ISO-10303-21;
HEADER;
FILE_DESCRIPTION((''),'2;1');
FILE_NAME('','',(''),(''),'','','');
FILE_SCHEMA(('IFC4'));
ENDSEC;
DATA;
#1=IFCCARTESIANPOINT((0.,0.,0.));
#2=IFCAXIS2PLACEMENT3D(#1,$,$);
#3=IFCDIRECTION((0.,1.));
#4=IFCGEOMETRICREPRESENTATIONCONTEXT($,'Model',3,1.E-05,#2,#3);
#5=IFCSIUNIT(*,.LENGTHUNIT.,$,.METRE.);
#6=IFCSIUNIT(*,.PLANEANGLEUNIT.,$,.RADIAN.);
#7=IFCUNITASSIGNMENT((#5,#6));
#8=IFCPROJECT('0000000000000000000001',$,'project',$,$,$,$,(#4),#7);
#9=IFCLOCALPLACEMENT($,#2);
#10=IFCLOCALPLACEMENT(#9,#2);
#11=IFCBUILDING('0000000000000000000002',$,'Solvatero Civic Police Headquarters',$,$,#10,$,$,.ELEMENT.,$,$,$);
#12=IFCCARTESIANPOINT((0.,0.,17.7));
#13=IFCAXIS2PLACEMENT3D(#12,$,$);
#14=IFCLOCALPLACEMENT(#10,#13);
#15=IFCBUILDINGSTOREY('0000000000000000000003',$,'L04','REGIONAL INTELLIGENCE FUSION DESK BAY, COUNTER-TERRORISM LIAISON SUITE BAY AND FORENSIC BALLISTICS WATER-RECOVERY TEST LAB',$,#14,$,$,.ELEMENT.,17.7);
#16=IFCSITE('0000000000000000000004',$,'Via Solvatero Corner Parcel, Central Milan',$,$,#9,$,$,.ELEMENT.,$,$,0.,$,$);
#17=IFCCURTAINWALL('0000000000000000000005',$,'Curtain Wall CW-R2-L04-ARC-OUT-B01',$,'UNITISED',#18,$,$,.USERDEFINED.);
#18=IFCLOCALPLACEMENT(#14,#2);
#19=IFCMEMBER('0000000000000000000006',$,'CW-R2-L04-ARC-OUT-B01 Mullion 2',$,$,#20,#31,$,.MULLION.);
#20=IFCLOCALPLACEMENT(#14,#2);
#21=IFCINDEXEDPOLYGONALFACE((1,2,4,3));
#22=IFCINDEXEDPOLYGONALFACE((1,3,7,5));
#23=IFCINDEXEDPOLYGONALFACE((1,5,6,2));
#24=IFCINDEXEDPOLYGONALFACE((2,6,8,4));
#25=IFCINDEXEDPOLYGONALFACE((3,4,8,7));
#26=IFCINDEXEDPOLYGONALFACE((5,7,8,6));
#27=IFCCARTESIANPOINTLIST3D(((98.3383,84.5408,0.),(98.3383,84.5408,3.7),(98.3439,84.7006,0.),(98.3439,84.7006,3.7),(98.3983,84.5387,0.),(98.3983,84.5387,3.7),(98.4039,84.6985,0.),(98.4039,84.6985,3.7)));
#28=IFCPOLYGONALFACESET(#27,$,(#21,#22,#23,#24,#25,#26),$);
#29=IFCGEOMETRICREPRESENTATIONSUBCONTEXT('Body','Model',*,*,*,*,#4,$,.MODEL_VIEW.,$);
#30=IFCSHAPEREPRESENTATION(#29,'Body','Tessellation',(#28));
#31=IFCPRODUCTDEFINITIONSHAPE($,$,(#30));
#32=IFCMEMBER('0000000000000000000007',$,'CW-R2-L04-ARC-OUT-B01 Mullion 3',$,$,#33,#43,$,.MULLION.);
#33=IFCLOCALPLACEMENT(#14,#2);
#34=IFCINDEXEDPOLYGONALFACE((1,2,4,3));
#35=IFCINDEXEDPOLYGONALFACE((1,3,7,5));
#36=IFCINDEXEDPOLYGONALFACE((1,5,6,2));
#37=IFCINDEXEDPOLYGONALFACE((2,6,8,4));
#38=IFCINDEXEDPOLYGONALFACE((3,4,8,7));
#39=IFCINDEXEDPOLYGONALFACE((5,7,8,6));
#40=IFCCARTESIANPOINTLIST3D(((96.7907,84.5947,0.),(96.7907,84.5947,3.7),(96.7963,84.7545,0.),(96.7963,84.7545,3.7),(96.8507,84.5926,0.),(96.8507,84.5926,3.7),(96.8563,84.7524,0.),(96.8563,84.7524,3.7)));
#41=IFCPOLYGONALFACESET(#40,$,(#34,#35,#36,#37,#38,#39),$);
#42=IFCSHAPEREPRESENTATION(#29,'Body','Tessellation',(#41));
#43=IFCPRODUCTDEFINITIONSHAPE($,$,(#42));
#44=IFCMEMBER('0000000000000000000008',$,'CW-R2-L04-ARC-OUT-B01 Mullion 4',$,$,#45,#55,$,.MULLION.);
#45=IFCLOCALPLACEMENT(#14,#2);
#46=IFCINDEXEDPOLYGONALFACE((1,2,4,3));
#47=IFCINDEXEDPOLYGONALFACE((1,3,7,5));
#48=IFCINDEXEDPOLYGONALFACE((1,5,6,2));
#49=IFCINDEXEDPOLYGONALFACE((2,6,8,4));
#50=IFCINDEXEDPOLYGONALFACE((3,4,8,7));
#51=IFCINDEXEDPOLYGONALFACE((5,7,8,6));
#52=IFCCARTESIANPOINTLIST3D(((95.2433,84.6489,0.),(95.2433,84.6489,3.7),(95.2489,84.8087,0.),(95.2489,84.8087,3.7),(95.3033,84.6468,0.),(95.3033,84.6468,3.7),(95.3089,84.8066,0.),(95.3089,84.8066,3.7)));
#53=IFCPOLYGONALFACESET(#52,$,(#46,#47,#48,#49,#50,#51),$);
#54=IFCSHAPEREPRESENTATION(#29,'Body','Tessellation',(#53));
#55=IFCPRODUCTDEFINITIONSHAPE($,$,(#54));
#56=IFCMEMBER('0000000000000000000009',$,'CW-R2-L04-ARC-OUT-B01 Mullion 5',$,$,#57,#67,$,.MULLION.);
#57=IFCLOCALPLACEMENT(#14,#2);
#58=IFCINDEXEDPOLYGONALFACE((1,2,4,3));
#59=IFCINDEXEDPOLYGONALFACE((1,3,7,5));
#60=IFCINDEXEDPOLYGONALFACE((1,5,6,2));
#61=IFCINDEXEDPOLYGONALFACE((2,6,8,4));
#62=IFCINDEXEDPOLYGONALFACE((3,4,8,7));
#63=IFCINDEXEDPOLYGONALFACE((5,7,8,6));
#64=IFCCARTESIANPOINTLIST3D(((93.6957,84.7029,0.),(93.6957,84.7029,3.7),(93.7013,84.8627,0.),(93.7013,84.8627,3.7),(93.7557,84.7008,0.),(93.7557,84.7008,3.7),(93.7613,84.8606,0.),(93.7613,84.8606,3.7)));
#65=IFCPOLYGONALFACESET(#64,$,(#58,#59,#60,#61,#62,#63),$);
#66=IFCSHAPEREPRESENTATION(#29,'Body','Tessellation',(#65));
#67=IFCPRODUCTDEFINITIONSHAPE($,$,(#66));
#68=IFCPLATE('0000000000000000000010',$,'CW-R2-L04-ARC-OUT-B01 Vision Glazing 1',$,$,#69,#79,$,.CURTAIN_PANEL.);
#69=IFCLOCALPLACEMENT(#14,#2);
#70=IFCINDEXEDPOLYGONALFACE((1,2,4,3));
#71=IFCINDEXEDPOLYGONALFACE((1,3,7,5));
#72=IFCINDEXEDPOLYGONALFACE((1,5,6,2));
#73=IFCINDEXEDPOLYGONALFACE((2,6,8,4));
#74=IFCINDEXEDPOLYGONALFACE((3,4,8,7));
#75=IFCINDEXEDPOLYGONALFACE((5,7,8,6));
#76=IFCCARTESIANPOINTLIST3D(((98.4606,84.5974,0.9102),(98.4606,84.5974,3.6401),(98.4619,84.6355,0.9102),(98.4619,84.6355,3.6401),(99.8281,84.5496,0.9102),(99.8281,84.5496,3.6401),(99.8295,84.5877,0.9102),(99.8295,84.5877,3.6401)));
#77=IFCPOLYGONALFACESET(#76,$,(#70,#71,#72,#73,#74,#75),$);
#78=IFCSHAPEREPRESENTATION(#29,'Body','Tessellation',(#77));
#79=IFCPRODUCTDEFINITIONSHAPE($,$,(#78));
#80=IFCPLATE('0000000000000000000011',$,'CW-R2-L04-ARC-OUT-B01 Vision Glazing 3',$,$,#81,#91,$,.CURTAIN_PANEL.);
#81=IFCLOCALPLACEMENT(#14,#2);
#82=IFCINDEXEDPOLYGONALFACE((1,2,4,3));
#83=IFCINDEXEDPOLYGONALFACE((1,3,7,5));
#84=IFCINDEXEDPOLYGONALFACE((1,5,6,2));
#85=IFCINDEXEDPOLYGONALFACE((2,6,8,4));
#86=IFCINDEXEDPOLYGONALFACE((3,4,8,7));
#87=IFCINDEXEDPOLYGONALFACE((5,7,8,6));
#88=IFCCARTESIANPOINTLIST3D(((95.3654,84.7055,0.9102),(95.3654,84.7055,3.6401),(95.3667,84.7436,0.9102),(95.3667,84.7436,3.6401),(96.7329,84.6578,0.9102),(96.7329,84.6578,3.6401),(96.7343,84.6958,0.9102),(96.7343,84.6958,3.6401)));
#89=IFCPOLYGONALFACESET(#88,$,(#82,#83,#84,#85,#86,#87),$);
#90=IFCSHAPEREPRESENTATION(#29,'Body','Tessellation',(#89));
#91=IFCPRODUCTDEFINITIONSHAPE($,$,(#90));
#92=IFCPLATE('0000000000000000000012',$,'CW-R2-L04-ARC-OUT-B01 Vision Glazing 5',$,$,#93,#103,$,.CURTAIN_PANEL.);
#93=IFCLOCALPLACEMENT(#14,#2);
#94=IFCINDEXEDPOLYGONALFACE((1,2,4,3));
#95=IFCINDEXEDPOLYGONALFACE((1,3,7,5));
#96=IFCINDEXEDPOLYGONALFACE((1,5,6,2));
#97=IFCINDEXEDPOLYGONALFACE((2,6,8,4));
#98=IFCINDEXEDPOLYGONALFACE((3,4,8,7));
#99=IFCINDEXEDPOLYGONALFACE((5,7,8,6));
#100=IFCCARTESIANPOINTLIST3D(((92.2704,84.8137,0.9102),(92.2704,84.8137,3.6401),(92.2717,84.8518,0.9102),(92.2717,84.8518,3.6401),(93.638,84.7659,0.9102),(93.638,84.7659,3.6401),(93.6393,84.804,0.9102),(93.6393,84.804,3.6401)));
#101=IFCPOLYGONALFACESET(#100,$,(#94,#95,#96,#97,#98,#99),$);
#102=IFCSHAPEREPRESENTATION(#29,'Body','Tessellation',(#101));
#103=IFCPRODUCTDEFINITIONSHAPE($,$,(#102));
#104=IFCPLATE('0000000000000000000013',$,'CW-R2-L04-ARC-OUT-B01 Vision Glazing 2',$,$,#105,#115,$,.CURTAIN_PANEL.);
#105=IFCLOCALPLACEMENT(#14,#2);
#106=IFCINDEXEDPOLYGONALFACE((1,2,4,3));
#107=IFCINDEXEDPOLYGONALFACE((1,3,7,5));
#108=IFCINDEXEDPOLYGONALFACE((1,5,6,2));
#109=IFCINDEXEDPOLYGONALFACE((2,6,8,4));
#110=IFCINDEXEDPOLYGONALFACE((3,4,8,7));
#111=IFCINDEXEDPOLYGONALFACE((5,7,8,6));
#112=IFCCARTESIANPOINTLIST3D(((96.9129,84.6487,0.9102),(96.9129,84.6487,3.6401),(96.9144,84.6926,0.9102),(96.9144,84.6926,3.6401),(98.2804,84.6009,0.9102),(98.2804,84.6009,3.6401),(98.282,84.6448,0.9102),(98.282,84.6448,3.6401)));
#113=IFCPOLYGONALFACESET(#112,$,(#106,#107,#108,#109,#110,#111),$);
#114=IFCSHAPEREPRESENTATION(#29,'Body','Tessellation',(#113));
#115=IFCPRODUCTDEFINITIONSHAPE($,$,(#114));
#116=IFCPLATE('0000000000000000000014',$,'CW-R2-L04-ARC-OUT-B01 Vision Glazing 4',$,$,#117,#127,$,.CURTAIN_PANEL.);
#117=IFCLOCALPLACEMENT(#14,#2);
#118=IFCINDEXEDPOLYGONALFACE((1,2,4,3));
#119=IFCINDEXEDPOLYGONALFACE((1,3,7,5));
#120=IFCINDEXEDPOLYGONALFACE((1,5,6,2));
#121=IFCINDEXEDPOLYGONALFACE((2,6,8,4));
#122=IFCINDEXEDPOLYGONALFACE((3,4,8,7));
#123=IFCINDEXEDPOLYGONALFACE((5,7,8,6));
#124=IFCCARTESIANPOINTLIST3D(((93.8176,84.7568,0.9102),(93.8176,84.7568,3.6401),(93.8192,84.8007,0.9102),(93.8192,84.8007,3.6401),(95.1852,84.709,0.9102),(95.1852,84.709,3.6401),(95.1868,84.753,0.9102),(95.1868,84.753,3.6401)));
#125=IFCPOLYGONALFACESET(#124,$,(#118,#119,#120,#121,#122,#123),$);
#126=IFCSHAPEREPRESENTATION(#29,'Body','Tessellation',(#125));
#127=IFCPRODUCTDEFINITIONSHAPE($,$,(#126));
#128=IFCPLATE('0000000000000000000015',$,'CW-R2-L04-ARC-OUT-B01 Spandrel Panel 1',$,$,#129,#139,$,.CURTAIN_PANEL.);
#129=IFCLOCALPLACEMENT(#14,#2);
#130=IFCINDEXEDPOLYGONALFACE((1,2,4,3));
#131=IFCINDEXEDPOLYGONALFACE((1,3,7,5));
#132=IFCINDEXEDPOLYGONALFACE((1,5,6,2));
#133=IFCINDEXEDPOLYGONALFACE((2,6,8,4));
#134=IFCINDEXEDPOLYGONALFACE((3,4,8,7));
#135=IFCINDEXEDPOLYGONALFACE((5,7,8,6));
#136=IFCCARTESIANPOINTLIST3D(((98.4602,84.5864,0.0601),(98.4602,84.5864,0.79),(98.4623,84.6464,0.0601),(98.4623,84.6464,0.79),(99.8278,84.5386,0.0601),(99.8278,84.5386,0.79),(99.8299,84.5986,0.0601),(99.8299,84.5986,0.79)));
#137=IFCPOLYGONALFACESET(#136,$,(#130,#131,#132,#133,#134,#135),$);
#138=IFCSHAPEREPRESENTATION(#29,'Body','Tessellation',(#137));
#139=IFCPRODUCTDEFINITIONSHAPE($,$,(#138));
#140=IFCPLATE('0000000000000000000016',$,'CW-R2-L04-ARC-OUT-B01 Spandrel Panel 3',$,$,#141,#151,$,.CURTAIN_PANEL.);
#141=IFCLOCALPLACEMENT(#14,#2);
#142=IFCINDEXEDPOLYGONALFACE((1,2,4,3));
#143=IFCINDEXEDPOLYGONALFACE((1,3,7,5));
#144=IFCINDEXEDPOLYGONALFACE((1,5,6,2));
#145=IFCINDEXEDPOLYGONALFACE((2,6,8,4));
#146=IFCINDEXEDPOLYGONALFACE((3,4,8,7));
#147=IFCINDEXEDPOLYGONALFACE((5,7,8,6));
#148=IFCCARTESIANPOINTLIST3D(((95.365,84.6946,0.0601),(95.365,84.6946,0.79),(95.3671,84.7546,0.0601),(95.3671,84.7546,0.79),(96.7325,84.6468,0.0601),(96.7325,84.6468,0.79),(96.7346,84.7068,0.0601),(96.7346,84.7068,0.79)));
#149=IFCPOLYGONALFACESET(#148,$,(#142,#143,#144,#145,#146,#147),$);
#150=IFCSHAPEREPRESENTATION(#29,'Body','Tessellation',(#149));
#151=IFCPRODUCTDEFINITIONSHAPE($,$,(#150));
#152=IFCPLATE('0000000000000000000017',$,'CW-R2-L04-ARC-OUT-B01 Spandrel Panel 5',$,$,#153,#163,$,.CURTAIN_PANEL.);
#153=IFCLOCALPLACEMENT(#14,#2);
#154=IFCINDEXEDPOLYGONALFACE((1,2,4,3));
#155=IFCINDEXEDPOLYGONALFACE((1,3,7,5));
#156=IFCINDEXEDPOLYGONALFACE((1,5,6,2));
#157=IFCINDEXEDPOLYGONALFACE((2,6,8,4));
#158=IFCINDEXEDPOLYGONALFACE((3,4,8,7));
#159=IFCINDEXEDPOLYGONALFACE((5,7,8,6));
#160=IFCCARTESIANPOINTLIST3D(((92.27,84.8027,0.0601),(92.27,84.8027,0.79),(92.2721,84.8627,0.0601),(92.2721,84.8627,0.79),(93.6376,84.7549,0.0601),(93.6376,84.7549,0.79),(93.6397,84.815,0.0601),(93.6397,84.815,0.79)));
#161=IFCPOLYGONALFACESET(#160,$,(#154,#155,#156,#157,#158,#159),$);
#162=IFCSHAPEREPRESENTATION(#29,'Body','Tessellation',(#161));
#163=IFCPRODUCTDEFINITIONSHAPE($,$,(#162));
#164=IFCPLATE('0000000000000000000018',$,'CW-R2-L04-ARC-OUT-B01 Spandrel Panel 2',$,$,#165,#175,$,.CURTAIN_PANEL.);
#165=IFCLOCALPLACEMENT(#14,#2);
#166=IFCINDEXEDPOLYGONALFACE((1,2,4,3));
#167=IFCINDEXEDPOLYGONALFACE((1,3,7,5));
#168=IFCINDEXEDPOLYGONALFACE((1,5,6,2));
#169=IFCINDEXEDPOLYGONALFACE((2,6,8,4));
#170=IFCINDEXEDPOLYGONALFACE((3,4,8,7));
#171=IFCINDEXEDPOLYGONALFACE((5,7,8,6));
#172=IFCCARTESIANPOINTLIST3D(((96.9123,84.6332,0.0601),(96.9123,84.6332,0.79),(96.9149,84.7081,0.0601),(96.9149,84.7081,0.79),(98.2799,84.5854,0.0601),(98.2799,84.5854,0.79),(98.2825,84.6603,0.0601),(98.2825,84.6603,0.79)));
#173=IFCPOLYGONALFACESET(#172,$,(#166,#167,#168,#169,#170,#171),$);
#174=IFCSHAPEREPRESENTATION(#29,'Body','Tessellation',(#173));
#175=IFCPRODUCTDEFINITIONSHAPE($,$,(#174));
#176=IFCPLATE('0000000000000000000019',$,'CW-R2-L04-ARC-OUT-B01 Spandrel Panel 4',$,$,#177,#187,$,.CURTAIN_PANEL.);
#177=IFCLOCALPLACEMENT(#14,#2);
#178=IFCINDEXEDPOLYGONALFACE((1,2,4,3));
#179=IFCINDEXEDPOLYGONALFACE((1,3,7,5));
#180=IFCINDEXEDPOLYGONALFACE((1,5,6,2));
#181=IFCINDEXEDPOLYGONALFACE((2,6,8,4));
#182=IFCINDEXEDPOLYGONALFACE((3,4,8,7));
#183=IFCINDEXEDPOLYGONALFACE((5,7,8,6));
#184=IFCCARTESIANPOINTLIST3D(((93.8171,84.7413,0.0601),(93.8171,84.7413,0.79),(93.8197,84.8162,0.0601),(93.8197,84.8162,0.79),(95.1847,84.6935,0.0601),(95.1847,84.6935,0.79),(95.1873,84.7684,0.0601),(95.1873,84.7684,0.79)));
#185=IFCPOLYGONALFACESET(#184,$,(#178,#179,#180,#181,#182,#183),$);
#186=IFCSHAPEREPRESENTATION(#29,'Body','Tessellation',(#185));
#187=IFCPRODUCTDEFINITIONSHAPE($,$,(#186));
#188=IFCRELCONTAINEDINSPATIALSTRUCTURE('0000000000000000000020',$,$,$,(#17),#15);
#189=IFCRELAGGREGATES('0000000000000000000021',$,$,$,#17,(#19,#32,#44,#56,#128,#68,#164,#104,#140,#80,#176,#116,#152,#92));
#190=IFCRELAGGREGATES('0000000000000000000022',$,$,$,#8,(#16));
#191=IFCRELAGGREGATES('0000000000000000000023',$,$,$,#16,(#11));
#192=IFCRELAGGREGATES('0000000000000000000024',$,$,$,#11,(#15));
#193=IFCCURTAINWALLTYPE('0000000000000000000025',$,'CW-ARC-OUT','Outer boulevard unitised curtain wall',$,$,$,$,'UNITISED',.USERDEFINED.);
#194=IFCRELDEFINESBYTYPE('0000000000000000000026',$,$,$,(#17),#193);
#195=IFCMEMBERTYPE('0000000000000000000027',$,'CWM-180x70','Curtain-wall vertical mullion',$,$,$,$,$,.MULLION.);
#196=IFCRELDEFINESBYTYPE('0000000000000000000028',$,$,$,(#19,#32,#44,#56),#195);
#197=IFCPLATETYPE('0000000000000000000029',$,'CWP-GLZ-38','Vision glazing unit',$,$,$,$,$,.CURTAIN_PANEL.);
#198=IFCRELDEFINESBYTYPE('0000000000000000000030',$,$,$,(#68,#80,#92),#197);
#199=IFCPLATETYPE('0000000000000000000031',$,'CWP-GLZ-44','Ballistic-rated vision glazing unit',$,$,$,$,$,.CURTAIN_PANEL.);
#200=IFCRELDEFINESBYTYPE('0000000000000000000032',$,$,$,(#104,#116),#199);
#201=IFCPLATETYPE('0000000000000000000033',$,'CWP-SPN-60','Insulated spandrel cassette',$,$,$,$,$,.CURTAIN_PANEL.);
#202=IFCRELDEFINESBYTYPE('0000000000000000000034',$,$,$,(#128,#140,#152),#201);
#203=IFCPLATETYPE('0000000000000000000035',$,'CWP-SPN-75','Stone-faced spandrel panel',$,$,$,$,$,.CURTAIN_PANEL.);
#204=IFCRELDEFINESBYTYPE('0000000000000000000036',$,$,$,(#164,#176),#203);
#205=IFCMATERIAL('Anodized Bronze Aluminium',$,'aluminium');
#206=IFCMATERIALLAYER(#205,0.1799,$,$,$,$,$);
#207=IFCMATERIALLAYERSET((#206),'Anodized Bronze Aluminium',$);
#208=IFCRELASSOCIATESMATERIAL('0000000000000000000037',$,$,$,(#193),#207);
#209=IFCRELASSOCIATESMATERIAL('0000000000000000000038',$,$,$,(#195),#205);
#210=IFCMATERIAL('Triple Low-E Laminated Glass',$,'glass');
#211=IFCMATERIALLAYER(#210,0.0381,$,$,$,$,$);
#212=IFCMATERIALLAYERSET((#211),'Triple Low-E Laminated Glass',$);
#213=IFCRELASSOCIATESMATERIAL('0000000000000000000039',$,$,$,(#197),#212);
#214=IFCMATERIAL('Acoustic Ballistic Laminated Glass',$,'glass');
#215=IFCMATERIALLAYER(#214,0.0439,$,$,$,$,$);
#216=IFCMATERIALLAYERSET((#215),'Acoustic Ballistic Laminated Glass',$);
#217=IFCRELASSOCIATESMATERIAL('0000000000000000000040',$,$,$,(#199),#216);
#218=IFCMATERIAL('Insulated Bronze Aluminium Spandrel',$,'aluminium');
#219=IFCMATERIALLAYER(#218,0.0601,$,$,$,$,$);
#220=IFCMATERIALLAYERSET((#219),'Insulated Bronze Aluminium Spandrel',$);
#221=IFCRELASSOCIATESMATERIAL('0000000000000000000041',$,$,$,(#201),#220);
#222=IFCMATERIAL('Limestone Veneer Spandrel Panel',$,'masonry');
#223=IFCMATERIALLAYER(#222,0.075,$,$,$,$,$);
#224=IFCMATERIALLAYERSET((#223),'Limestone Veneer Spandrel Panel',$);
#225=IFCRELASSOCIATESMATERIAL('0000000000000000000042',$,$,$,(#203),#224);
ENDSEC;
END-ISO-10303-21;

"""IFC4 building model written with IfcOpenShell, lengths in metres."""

from ifc_helpers import new_model, si_unit, direction, frame, origin, origin_2d, place, context, subcontext, project, spatial, rectangle, extrude, material, layer, layer_set, material_profile, profile_set, type_object, element, aggregate, save


model = new_model("IFC4")

# Units and contexts
model_context = context("Model", 3, precision=1e-05, world=origin(), true_north=direction((0.0, 1.0)))
body_context = subcontext(model_context, "Body", "Model", "MODEL_VIEW")
ifc_project = project(units=[si_unit("LENGTHUNIT", "METRE"), si_unit("PLANEANGLEUNIT", "RADIAN")], contexts=[model_context])

# Site, building, storey
site_placement = place(None, origin())
site = spatial("IfcSite", under=ifc_project, at=site_placement, Name="Via Solvatero Corner Parcel, Central Milan", CompositionType="ELEMENT", RefElevation=0.0)
building_placement = place(site_placement, origin())
building = spatial("IfcBuilding", under=site, at=building_placement, Name="Solvatero Civic Police Headquarters", CompositionType="ELEMENT")
storey_placement = place(building_placement, frame((0.0, 0.0, 17.7)))
storey = spatial("IfcBuildingStorey", under=building, at=storey_placement, Name="L04", Description="REGIONAL INTELLIGENCE FUSION DESK BAY, COUNTER-TERRORISM LIAISON SUITE BAY AND FORENSIC BALLISTICS WATER-RECOVERY TEST LAB", CompositionType="ELEMENT", Elevation=17.7)

# Curtain wall, members, plates
ifc_material_1 = material(Name="Anodized Bronze Aluminium", Category="aluminium")
ifc_layer_1 = layer(ifc_material_1, 0.1799)
ifc_layer_set_1 = layer_set([ifc_layer_1], Name="Anodized Bronze Aluminium")
curtain_wall_type = type_object("IfcCurtainWallType", Name="CW-ARC-OUT", Description="Outer boulevard unitised curtain wall", ElementType="UNITISED", PredefinedType="USERDEFINED", material=ifc_layer_set_1)
curtain_wall_placement = place(storey_placement, origin())
curtain_wall = element("IfcCurtainWall", 1, at=curtain_wall_placement, inside=storey, type_object=curtain_wall_type, Name="Curtain Wall CW-R2-L04-ARC-OUT-B01", ObjectType="UNITISED", PredefinedType="USERDEFINED")
ifc_material_profile = material_profile(ifc_material_1, rectangle(XDim=0.0601, YDim=0.1599, at=origin_2d()), Name="ALU MULLION 60x160")
ifc_profile_set = profile_set([ifc_material_profile], Name="Anodized Bronze Aluminium")
member_type = type_object("IfcMemberType", Name="CWM-180x70", Description="Curtain-wall vertical mullion", PredefinedType="MULLION", material=ifc_profile_set)
member_1_placement = place(storey_placement, frame((98.3711, 84.6196, 0.0), z_axis=(0.0, 0.0, 1.0), x_axis=(-0.99939, 0.034917, 0.0)))
member_1 = element("IfcMember", 2, at=member_1_placement, type_object=member_type, Name="CW-R2-L04-ARC-OUT-B01 Mullion 2", PredefinedType="MULLION", context=body_context, shape_type="SweptSolid", body=[
    extrude(rectangle(XDim=0.0601, YDim=0.1599, at=origin_2d()), origin(), (0.0, 0.0, 1.0), 3.7),
])
member_2_placement = place(storey_placement, frame((96.8235, 84.6736, 0.0), z_axis=(0.0, 0.0, 1.0), x_axis=(-0.99939, 0.034917, 0.0)))
member_2 = element("IfcMember", 3, at=member_2_placement, type_object=member_type, Name="CW-R2-L04-ARC-OUT-B01 Mullion 3", PredefinedType="MULLION", context=body_context, shape_type="SweptSolid", body=[
    extrude(rectangle(XDim=0.0601, YDim=0.1599, at=origin_2d()), origin(), (0.0, 0.0, 1.0), 3.7),
])
member_3_placement = place(storey_placement, frame((95.2761, 84.7278, 0.0), z_axis=(0.0, 0.0, 1.0), x_axis=(-0.99939, 0.034917, 0.0)))
member_3 = element("IfcMember", 4, at=member_3_placement, type_object=member_type, Name="CW-R2-L04-ARC-OUT-B01 Mullion 4", PredefinedType="MULLION", context=body_context, shape_type="SweptSolid", body=[
    extrude(rectangle(XDim=0.0601, YDim=0.1599, at=origin_2d()), origin(), (0.0, 0.0, 1.0), 3.7),
])
member_4_placement = place(storey_placement, frame((93.7285, 84.7817, 0.0), z_axis=(0.0, 0.0, 1.0), x_axis=(-0.99939, 0.034917, 0.0)))
member_4 = element("IfcMember", 5, at=member_4_placement, type_object=member_type, Name="CW-R2-L04-ARC-OUT-B01 Mullion 5", PredefinedType="MULLION", context=body_context, shape_type="SweptSolid", body=[
    extrude(rectangle(XDim=0.0601, YDim=0.1599, at=origin_2d()), origin(), (0.0, 0.0, 1.0), 3.7),
])
ifc_material_2 = material(Name="Triple Low-E Laminated Glass", Category="glass")
ifc_layer_2 = layer(ifc_material_2, 0.0381)
ifc_layer_set_2 = layer_set([ifc_layer_2], Name="Triple Low-E Laminated Glass")
plate_type_1 = type_object("IfcPlateType", Name="CWP-GLZ-38", Description="Vision glazing unit", PredefinedType="CURTAIN_PANEL", material=ifc_layer_set_2)
plate_1_placement = place(storey_placement, frame((99.145, 84.5925, 0.9102), z_axis=(0.0, 0.0, 1.0), x_axis=(-0.99939, 0.034917, 0.0)))
plate_1 = element("IfcPlate", 6, at=plate_1_placement, type_object=plate_type_1, Name="CW-R2-L04-ARC-OUT-B01 Vision Glazing 1", PredefinedType="CURTAIN_PANEL", context=body_context, shape_type="SweptSolid", body=[
    extrude(rectangle(XDim=1.3684, YDim=0.0381, at=origin_2d()), origin(), (0.0, 0.0, 1.0), 2.73),
])
plate_2_placement = place(storey_placement, frame((96.0498, 84.7007, 0.9102), z_axis=(0.0, 0.0, 1.0), x_axis=(-0.99939, 0.034917, 0.0)))
plate_2 = element("IfcPlate", 7, at=plate_2_placement, type_object=plate_type_1, Name="CW-R2-L04-ARC-OUT-B01 Vision Glazing 3", PredefinedType="CURTAIN_PANEL", context=body_context, shape_type="SweptSolid", body=[
    extrude(rectangle(XDim=1.3684, YDim=0.0381, at=origin_2d()), origin(), (0.0, 0.0, 1.0), 2.73),
])
plate_3_placement = place(storey_placement, frame((92.9548, 84.8088, 0.9102), z_axis=(0.0, 0.0, 1.0), x_axis=(-0.99939, 0.034917, 0.0)))
plate_3 = element("IfcPlate", 8, at=plate_3_placement, type_object=plate_type_1, Name="CW-R2-L04-ARC-OUT-B01 Vision Glazing 5", PredefinedType="CURTAIN_PANEL", context=body_context, shape_type="SweptSolid", body=[
    extrude(rectangle(XDim=1.3684, YDim=0.0381, at=origin_2d()), origin(), (0.0, 0.0, 1.0), 2.73),
])
ifc_material_3 = material(Name="Acoustic Ballistic Laminated Glass", Category="glass")
ifc_layer_3 = layer(ifc_material_3, 0.0439)
ifc_layer_set_3 = layer_set([ifc_layer_3], Name="Acoustic Ballistic Laminated Glass")
plate_type_2 = type_object("IfcPlateType", Name="CWP-GLZ-44", Description="Ballistic-rated vision glazing unit", PredefinedType="CURTAIN_PANEL", material=ifc_layer_set_3)
plate_4_placement = place(storey_placement, frame((97.5974, 84.6467, 0.9102), z_axis=(0.0, 0.0, 1.0), x_axis=(-0.99939, 0.034917, 0.0)))
plate_4 = element("IfcPlate", 9, at=plate_4_placement, type_object=plate_type_2, Name="CW-R2-L04-ARC-OUT-B01 Vision Glazing 2", PredefinedType="CURTAIN_PANEL", context=body_context, shape_type="SweptSolid", body=[
    extrude(rectangle(XDim=1.3684, YDim=0.0439, at=origin_2d()), origin(), (0.0, 0.0, 1.0), 2.73),
])
plate_5_placement = place(storey_placement, frame((94.5022, 84.7549, 0.9102), z_axis=(0.0, 0.0, 1.0), x_axis=(-0.99939, 0.034917, 0.0)))
plate_5 = element("IfcPlate", 10, at=plate_5_placement, type_object=plate_type_2, Name="CW-R2-L04-ARC-OUT-B01 Vision Glazing 4", PredefinedType="CURTAIN_PANEL", context=body_context, shape_type="SweptSolid", body=[
    extrude(rectangle(XDim=1.3684, YDim=0.0439, at=origin_2d()), origin(), (0.0, 0.0, 1.0), 2.73),
])
ifc_material_4 = material(Name="Insulated Bronze Aluminium Spandrel", Category="aluminium")
ifc_layer_4 = layer(ifc_material_4, 0.0601)
ifc_layer_set_4 = layer_set([ifc_layer_4], Name="Insulated Bronze Aluminium Spandrel")
plate_type_3 = type_object("IfcPlateType", Name="CWP-SPN-60", Description="Insulated spandrel cassette", PredefinedType="CURTAIN_PANEL", material=ifc_layer_set_4)
plate_6_placement = place(storey_placement, frame((99.145, 84.5925, 0.0601), z_axis=(0.0, 0.0, 1.0), x_axis=(-0.99939, 0.034917, 0.0)))
plate_6 = element("IfcPlate", 11, at=plate_6_placement, type_object=plate_type_3, Name="CW-R2-L04-ARC-OUT-B01 Spandrel Panel 1", PredefinedType="CURTAIN_PANEL", context=body_context, shape_type="SweptSolid", body=[
    extrude(rectangle(XDim=1.3684, YDim=0.0601, at=origin_2d()), origin(), (0.0, 0.0, 1.0), 0.73),
])
plate_7_placement = place(storey_placement, frame((96.0498, 84.7007, 0.0601), z_axis=(0.0, 0.0, 1.0), x_axis=(-0.99939, 0.034917, 0.0)))
plate_7 = element("IfcPlate", 12, at=plate_7_placement, type_object=plate_type_3, Name="CW-R2-L04-ARC-OUT-B01 Spandrel Panel 3", PredefinedType="CURTAIN_PANEL", context=body_context, shape_type="SweptSolid", body=[
    extrude(rectangle(XDim=1.3684, YDim=0.0601, at=origin_2d()), origin(), (0.0, 0.0, 1.0), 0.73),
])
plate_8_placement = place(storey_placement, frame((92.9548, 84.8088, 0.0601), z_axis=(0.0, 0.0, 1.0), x_axis=(-0.99939, 0.034917, 0.0)))
plate_8 = element("IfcPlate", 13, at=plate_8_placement, type_object=plate_type_3, Name="CW-R2-L04-ARC-OUT-B01 Spandrel Panel 5", PredefinedType="CURTAIN_PANEL", context=body_context, shape_type="SweptSolid", body=[
    extrude(rectangle(XDim=1.3684, YDim=0.0601, at=origin_2d()), origin(), (0.0, 0.0, 1.0), 0.73),
])
ifc_material_5 = material(Name="Limestone Veneer Spandrel Panel", Category="masonry")
ifc_layer_5 = layer(ifc_material_5, 0.075)
ifc_layer_set_5 = layer_set([ifc_layer_5], Name="Limestone Veneer Spandrel Panel")
plate_type_4 = type_object("IfcPlateType", Name="CWP-SPN-75", Description="Stone-faced spandrel panel", PredefinedType="CURTAIN_PANEL", material=ifc_layer_set_5)
plate_9_placement = place(storey_placement, frame((97.5974, 84.6467, 0.0601), z_axis=(0.0, 0.0, 1.0), x_axis=(-0.99939, 0.034917, 0.0)))
plate_9 = element("IfcPlate", 14, at=plate_9_placement, type_object=plate_type_4, Name="CW-R2-L04-ARC-OUT-B01 Spandrel Panel 2", PredefinedType="CURTAIN_PANEL", context=body_context, shape_type="SweptSolid", body=[
    extrude(rectangle(XDim=1.3684, YDim=0.075, at=origin_2d()), origin(), (0.0, 0.0, 1.0), 0.73),
])
plate_10_placement = place(storey_placement, frame((94.5022, 84.7549, 0.0601), z_axis=(0.0, 0.0, 1.0), x_axis=(-0.99939, 0.034917, 0.0)))
plate_10 = element("IfcPlate", 15, at=plate_10_placement, type_object=plate_type_4, Name="CW-R2-L04-ARC-OUT-B01 Spandrel Panel 4", PredefinedType="CURTAIN_PANEL", context=body_context, shape_type="SweptSolid", body=[
    extrude(rectangle(XDim=1.3684, YDim=0.075, at=origin_2d()), origin(), (0.0, 0.0, 1.0), 0.73),
])
aggregate(curtain_wall, [member_1, member_2, member_3, member_4, plate_6, plate_1, plate_9, plate_4, plate_7, plate_2, plate_10, plate_5, plate_8, plate_3])

save(model, "model.ifc")
